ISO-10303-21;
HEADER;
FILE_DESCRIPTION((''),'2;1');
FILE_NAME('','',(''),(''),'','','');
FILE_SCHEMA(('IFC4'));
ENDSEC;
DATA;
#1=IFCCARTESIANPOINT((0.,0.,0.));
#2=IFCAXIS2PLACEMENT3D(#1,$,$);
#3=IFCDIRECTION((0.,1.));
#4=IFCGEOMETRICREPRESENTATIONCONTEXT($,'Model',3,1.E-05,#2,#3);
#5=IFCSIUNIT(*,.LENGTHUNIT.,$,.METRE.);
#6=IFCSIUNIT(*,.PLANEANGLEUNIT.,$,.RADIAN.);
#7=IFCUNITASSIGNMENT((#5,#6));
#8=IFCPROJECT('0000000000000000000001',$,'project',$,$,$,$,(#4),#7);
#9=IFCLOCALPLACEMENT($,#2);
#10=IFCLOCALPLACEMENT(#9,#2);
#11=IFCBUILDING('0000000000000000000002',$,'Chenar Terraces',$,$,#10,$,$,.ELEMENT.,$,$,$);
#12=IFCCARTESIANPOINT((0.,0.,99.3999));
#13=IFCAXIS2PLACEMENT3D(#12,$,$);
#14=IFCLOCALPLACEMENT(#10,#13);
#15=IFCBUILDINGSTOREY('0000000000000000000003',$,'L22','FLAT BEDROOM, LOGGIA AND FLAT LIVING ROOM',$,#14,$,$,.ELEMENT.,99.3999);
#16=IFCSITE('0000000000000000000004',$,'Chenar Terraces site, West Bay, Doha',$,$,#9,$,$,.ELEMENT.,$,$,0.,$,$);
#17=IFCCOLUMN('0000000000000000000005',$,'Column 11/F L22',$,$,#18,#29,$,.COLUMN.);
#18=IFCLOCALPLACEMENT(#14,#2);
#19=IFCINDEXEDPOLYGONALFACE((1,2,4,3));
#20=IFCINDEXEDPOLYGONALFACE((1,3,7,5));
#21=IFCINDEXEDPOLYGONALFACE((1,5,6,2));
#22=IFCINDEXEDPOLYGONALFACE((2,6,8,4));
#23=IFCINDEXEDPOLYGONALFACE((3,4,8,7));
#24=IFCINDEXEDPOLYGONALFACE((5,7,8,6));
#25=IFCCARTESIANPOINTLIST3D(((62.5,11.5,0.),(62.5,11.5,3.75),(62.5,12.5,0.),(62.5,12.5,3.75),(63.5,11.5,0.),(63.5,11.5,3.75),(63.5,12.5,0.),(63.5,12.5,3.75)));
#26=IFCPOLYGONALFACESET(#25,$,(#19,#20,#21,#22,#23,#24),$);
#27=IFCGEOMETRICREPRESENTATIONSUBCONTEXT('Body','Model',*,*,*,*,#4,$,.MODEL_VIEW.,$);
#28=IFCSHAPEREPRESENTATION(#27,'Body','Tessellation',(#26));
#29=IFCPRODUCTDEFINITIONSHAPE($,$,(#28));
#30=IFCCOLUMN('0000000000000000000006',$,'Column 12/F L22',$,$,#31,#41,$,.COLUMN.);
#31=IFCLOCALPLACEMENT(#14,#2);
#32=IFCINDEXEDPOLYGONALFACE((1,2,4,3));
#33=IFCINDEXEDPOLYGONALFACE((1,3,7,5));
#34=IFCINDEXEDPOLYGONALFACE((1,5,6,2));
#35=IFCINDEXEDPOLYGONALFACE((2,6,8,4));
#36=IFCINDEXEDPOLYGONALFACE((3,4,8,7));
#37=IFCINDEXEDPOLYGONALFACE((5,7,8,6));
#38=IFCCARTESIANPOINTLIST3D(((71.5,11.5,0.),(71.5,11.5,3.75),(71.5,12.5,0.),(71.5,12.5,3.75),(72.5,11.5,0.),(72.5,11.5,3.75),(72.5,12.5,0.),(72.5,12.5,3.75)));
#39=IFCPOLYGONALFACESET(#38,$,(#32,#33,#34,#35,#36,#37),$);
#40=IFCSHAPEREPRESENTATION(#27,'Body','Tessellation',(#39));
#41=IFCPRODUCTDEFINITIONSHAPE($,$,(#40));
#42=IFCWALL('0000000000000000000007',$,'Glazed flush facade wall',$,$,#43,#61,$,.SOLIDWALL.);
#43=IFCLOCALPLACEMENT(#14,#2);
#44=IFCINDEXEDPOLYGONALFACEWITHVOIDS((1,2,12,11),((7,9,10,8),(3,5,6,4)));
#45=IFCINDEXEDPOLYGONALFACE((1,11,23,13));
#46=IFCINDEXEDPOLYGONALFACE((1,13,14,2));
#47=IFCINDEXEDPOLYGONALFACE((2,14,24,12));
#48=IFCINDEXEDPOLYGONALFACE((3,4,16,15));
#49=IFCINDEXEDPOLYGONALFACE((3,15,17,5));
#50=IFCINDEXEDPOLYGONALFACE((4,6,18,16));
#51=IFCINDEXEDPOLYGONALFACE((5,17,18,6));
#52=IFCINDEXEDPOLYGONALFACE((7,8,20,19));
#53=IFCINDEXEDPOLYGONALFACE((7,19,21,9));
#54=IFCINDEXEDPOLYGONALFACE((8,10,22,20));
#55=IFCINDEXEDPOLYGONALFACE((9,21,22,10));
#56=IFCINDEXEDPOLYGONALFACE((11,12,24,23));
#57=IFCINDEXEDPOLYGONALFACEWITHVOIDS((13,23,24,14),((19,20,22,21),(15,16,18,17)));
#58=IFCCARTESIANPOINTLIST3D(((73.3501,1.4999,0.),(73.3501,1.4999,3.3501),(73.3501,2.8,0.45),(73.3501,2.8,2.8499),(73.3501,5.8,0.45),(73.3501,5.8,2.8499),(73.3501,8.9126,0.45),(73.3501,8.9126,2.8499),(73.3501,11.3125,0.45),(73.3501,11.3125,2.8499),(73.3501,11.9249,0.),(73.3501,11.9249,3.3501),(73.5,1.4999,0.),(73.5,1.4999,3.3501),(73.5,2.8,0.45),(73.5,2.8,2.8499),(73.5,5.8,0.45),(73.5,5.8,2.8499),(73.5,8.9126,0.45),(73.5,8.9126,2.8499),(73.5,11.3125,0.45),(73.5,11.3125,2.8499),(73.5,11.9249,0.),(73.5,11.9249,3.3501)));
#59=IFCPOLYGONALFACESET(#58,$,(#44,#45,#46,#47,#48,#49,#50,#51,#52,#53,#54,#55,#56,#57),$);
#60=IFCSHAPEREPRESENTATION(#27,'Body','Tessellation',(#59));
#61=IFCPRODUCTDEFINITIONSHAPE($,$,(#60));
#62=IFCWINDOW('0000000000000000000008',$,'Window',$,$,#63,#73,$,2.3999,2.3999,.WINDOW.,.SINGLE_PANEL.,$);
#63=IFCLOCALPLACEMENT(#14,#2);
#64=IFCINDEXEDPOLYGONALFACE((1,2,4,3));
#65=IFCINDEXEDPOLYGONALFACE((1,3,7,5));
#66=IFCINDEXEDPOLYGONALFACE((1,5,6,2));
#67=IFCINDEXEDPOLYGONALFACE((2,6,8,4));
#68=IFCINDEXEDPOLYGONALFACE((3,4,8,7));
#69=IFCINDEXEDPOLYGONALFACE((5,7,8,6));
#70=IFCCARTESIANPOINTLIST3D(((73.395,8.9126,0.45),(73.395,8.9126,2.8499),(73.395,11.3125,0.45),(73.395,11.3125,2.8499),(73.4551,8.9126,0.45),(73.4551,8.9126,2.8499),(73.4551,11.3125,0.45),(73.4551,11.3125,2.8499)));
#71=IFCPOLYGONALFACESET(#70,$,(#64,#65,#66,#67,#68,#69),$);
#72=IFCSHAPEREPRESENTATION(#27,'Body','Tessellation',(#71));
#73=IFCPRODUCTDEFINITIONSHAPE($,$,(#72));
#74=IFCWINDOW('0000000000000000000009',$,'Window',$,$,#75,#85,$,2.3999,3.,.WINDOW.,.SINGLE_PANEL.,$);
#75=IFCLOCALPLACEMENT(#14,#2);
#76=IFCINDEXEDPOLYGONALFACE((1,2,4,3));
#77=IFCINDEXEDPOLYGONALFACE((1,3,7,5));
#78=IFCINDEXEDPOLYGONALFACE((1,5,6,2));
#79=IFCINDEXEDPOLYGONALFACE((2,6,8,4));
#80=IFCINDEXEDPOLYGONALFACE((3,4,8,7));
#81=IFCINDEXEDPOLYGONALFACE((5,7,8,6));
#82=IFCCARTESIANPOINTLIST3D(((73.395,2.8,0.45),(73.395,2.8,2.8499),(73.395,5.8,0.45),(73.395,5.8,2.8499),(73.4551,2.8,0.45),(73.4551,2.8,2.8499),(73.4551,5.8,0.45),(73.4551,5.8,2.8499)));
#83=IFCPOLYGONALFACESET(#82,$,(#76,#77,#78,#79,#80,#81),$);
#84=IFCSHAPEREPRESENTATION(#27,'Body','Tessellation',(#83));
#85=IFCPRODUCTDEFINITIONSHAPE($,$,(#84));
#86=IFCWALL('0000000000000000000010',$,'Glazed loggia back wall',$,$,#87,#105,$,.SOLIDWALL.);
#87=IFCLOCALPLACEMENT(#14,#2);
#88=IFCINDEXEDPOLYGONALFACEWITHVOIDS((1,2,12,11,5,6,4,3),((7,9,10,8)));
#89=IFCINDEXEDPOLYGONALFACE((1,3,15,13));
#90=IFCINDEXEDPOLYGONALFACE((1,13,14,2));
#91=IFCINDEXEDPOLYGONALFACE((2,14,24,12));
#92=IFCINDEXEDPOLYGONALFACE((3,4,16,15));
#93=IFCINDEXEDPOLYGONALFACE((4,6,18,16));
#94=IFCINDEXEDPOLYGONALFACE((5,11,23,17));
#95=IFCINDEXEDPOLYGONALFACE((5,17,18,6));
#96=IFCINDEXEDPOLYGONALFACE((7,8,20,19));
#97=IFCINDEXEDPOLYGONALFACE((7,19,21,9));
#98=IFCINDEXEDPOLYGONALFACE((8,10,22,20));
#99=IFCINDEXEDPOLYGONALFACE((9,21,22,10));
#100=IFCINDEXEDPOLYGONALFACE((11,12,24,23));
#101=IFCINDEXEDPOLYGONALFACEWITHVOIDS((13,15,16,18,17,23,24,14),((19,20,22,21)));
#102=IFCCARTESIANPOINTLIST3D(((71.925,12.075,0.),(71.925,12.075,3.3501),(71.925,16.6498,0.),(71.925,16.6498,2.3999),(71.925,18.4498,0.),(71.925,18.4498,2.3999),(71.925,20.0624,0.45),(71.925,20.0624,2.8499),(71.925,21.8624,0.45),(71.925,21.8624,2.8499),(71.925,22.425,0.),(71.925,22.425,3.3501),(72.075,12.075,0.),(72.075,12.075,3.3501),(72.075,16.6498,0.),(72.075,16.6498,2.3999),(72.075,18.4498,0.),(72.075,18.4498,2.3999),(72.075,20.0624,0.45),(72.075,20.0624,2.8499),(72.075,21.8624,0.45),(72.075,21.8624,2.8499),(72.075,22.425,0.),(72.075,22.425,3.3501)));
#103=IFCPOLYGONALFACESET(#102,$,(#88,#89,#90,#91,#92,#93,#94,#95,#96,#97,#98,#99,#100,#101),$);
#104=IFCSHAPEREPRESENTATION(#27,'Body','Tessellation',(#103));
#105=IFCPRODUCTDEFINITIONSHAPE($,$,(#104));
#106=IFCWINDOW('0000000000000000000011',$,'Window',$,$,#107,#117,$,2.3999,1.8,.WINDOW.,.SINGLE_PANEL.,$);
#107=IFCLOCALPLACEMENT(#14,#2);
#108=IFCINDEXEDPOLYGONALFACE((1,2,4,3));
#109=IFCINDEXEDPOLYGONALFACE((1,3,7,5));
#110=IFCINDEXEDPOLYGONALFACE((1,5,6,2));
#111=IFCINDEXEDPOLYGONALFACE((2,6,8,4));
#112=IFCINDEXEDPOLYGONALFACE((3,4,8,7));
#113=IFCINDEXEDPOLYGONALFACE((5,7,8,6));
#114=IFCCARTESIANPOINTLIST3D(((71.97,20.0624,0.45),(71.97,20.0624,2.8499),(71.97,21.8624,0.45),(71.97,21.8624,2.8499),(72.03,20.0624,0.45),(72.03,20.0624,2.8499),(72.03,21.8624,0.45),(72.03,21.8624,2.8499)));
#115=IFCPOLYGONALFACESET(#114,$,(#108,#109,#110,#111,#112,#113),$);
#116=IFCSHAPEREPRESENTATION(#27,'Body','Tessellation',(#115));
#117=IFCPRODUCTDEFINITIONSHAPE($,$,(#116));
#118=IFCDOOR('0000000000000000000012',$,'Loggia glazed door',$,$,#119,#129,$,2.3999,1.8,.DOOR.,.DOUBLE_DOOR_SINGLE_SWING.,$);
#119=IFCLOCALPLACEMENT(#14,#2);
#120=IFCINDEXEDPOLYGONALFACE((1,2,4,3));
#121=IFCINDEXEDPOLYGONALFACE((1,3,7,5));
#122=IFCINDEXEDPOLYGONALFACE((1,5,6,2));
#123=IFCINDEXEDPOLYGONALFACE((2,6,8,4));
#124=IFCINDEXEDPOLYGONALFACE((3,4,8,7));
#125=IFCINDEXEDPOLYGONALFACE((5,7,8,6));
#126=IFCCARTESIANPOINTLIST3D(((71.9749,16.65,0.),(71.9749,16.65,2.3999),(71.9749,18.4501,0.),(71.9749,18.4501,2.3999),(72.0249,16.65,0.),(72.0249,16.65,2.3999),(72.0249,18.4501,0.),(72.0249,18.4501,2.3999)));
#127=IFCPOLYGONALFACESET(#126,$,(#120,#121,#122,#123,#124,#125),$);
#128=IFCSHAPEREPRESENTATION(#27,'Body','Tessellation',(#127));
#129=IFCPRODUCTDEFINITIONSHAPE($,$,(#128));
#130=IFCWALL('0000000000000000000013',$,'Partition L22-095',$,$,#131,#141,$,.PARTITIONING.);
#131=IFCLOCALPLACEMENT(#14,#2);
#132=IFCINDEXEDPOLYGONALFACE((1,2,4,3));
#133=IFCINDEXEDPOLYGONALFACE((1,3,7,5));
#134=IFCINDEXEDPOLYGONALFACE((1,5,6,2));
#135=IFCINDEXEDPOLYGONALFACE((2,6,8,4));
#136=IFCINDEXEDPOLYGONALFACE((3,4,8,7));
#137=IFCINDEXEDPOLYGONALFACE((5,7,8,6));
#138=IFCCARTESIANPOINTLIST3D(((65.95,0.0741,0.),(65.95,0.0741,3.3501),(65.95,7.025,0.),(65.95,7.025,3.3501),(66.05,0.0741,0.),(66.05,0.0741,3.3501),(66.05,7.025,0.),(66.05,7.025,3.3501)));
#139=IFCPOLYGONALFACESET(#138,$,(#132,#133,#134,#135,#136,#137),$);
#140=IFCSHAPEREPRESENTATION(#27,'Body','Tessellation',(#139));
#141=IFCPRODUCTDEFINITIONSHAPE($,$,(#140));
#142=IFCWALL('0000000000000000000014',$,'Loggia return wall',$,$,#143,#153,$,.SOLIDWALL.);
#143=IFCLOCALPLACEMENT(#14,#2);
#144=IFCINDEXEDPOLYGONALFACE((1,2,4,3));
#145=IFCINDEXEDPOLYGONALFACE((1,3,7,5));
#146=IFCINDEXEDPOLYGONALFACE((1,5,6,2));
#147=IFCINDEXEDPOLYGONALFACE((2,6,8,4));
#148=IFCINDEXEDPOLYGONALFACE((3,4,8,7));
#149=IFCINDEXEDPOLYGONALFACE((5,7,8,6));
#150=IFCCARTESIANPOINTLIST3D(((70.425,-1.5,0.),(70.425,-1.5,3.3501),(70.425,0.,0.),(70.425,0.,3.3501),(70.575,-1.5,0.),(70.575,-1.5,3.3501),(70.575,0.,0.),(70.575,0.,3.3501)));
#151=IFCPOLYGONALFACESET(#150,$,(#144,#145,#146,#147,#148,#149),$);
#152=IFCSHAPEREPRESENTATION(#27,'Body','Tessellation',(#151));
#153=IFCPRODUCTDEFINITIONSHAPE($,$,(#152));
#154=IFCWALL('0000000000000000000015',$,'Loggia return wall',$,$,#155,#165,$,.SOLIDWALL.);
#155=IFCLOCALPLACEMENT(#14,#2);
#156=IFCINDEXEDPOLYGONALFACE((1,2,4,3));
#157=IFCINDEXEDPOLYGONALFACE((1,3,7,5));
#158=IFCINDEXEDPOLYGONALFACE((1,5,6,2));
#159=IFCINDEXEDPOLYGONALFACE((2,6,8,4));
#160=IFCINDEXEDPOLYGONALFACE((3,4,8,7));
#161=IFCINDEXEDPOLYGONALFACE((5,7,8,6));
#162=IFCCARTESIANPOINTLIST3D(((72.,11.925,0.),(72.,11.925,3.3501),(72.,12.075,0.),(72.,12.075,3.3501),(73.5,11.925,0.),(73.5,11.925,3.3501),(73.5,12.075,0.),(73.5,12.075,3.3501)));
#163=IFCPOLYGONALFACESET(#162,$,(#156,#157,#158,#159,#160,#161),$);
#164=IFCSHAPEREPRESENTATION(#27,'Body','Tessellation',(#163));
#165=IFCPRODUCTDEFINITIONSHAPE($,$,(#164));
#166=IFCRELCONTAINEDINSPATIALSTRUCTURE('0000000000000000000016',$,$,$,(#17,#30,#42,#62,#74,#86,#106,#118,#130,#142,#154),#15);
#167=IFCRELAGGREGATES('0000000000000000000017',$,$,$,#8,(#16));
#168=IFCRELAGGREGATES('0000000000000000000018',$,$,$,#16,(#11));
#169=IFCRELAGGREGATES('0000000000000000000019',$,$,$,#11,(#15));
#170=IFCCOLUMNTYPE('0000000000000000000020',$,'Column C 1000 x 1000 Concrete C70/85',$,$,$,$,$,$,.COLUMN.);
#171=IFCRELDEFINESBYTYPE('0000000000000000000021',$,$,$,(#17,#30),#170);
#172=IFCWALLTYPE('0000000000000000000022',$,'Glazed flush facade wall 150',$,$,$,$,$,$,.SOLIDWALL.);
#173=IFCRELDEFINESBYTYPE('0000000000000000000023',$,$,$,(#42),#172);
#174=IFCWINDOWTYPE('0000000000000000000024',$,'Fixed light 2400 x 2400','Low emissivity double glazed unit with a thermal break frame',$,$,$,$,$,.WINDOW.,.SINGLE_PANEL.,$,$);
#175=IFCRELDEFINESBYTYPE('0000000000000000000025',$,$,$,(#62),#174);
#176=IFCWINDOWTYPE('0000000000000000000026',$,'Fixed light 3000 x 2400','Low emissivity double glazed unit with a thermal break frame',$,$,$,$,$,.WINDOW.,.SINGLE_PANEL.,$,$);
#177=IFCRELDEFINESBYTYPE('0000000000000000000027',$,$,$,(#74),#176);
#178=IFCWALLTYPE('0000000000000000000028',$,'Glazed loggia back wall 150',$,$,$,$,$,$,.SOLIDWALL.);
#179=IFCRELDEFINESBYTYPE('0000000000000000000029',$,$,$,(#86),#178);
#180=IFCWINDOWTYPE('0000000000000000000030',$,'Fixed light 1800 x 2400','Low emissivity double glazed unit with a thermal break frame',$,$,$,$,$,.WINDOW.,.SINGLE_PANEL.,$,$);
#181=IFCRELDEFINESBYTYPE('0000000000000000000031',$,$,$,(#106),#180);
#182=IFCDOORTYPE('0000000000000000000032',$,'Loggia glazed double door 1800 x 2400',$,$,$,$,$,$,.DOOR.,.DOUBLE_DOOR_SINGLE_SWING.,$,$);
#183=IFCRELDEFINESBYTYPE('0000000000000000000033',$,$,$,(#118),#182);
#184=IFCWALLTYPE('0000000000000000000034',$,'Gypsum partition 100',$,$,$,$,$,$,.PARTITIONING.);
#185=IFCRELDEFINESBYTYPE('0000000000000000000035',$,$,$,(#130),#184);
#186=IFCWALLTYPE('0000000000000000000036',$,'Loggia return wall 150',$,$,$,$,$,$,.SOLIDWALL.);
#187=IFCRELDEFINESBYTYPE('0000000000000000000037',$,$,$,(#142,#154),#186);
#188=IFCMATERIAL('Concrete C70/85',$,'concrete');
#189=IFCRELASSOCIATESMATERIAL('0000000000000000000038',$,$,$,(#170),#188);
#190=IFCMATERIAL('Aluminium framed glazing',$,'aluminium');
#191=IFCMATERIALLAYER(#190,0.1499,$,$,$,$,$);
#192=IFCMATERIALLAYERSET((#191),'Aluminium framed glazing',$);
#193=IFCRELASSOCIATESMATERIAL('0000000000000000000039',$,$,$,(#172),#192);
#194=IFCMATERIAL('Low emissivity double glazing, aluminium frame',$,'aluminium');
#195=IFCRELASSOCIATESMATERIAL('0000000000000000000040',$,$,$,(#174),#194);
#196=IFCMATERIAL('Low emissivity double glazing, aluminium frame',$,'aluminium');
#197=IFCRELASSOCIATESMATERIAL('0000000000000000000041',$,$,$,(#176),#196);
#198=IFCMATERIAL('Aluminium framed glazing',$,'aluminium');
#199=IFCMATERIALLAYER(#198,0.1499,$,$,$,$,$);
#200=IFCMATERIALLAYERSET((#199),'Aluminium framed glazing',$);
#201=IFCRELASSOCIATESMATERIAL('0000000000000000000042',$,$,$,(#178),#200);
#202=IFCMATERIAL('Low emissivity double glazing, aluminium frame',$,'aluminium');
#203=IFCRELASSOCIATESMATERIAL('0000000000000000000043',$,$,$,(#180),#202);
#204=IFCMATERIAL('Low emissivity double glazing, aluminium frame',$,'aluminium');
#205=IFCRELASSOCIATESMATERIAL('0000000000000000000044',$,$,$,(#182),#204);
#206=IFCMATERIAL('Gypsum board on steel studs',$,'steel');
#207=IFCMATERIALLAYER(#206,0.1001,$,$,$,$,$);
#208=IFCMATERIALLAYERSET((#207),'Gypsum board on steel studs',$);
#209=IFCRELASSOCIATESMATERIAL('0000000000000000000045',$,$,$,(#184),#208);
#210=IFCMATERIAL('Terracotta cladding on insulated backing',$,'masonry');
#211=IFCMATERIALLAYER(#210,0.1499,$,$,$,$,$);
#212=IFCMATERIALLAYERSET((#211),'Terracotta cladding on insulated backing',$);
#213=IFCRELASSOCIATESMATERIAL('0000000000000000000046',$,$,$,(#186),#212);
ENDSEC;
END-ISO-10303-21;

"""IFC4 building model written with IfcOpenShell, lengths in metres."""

from ifc_helpers import new_model, si_unit, direction, frame, frame_2d, origin, origin_2d, place, context, subcontext, project, spatial, rectangle, extrude, material, layer, layer_set, material_profile, profile_set, type_object, element, fill, save


model = new_model("IFC4")

# Units and contexts
model_context = context("Model", 3, precision=1e-05, world=origin(), true_north=direction((0.0, 1.0)))
body_context = subcontext(model_context, "Body", "Model", "MODEL_VIEW")
ifc_project = project(units=[si_unit("LENGTHUNIT", "METRE"), si_unit("PLANEANGLEUNIT", "RADIAN")], contexts=[model_context])

# Site, building, storey
site_placement = place(None, origin())
site = spatial("IfcSite", under=ifc_project, at=site_placement, Name="Chenar Terraces site, West Bay, Doha", CompositionType="ELEMENT", RefElevation=0.0)
building_placement = place(site_placement, origin())
building = spatial("IfcBuilding", under=site, at=building_placement, Name="Chenar Terraces", CompositionType="ELEMENT")
storey_placement = place(building_placement, frame((0.0, 0.0, 99.3999)))
storey = spatial("IfcBuildingStorey", under=building, at=storey_placement, Name="L22", Description="FLAT BEDROOM, LOGGIA AND FLAT LIVING ROOM", CompositionType="ELEMENT", Elevation=99.3999)

# Columns
ifc_material_1 = material(Name="Concrete C70/85", Category="concrete")
ifc_material_profile_1 = material_profile(ifc_material_1, rectangle(XDim=1.0, YDim=1.0, at=origin_2d()), Name="C 1000 x 1000")
ifc_profile_set_1 = profile_set([ifc_material_profile_1], Name="Concrete C70/85")
column_type = type_object("IfcColumnType", Name="Column C 1000 x 1000 Concrete C70/85", PredefinedType="COLUMN", material=ifc_profile_set_1)
for number, where, z_axis, x_axis, name in (
    (1, (63.0, 12.0, 0.0), (0.0, 0.0, 1.0), (1.0, 0.0, 0.0), "Column 11/F L22"),
    (2, (72.0, 12.0, 0.0), (0.0, 0.0, 1.0), (1.0, 0.0, 0.0), "Column 12/F L22"),
):
    element("IfcColumn", number, at=place(storey_placement, frame(where, z_axis=z_axis, x_axis=x_axis)), inside=storey, type_object=column_type, Name=name, PredefinedType="COLUMN", context=body_context, shape_type="SweptSolid", body=[
        extrude(rectangle(XDim=1.0, YDim=1.0, at=origin_2d()), origin(), (0.0, 0.0, 1.0), 3.75),
    ])

# Wall, openings, windows
ifc_material_2 = material(Name="Aluminium framed glazing", Category="aluminium")
ifc_layer_1 = layer(ifc_material_2, 0.1499)
ifc_layer_set_1 = layer_set([ifc_layer_1], Name="Aluminium framed glazing")
wall_type_1 = type_object("IfcWallType", Name="Glazed flush facade wall 150", PredefinedType="SOLIDWALL", material=ifc_layer_set_1)
wall_1_placement = place(storey_placement, frame((73.425, 1.5, 0.0), z_axis=(0.0, 0.0, 1.0), x_axis=(0.0, 1.0, 0.0)))
wall_1 = element("IfcWall", 3, at=wall_1_placement, inside=storey, type_object=wall_type_1, Name="Glazed flush facade wall", PredefinedType="SOLIDWALL", context=body_context, shape_type="SweptSolid", body=[
    extrude(rectangle(XDim=10.425, YDim=0.1499, at=frame_2d((5.2124, 0.0))), origin(), (0.0, 0.0, 1.0), 3.3501),
])
opening_1_placement = place(wall_1_placement, frame((1.3, 0.0, 0.45)))
opening_1 = element("IfcOpeningElement", 4, at=opening_1_placement, cuts=wall_1, PredefinedType="OPENING", context=body_context, shape_type="SweptSolid", body=[
    extrude(rectangle(XDim=3.0, YDim=2.3999, at=frame_2d((1.5, 1.2))), frame((0.0, 0.085, 0.0), z_axis=(0.0, -1.0, 0.0), x_axis=(1.0, 0.0, 0.0)), (0.0, 0.0, 1.0), 0.1699),
])
opening_2_placement = place(wall_1_placement, frame((7.4126, 0.0, 0.45)))
opening_2 = element("IfcOpeningElement", 5, at=opening_2_placement, cuts=wall_1, PredefinedType="OPENING", context=body_context, shape_type="SweptSolid", body=[
    extrude(rectangle(XDim=2.3999, YDim=2.3999, at=frame_2d((1.2, 1.2))), frame((0.0, 0.085, 0.0), z_axis=(0.0, -1.0, 0.0), x_axis=(1.0, 0.0, 0.0)), (0.0, 0.0, 1.0), 0.1699),
])
ifc_material_3 = material(Name="Low emissivity double glazing, aluminium frame", Category="aluminium")
window_type_1 = type_object("IfcWindowType", Name="Fixed light 2400 x 2400", Description="Low emissivity double glazed unit with a thermal break frame", PartitioningType="SINGLE_PANEL", PredefinedType="WINDOW", material=ifc_material_3)
window_1_placement = place(opening_2_placement, origin())
window_1 = element("IfcWindow", 6, at=window_1_placement, inside=storey, type_object=window_type_1, Name="Window", OverallHeight=2.3999, OverallWidth=2.3999, PartitioningType="SINGLE_PANEL", PredefinedType="WINDOW", context=body_context, shape_type="SweptSolid", body=[
    extrude(rectangle(XDim=2.3999, YDim=2.3999, at=frame_2d((1.2, 1.2))), frame((0.0, 0.03, 0.0), z_axis=(0.0, -1.0, 0.0), x_axis=(1.0, 0.0, 0.0)), (0.0, 0.0, 1.0), 0.0601),
])
fill(opening_2, window_1)
ifc_material_4 = material(Name="Low emissivity double glazing, aluminium frame", Category="aluminium")
window_type_2 = type_object("IfcWindowType", Name="Fixed light 3000 x 2400", Description="Low emissivity double glazed unit with a thermal break frame", PartitioningType="SINGLE_PANEL", PredefinedType="WINDOW", material=ifc_material_4)
window_2_placement = place(opening_1_placement, origin())
window_2 = element("IfcWindow", 7, at=window_2_placement, inside=storey, type_object=window_type_2, Name="Window", OverallHeight=2.3999, OverallWidth=3.0, PartitioningType="SINGLE_PANEL", PredefinedType="WINDOW", context=body_context, shape_type="SweptSolid", body=[
    extrude(rectangle(XDim=3.0, YDim=2.3999, at=frame_2d((1.5, 1.2))), frame((0.0, 0.03, 0.0), z_axis=(0.0, -1.0, 0.0), x_axis=(1.0, 0.0, 0.0)), (0.0, 0.0, 1.0), 0.0601),
])
fill(opening_1, window_2)

# Wall, openings, window, door
ifc_material_5 = material(Name="Aluminium framed glazing", Category="aluminium")
ifc_layer_2 = layer(ifc_material_5, 0.1499)
ifc_layer_set_2 = layer_set([ifc_layer_2], Name="Aluminium framed glazing")
wall_type_2 = type_object("IfcWallType", Name="Glazed loggia back wall 150", PredefinedType="SOLIDWALL", material=ifc_layer_set_2)
wall_2_placement = place(storey_placement, frame((72.0, 12.075, 0.0), z_axis=(0.0, 0.0, 1.0), x_axis=(0.0, 1.0, 0.0)))
wall_2 = element("IfcWall", 8, at=wall_2_placement, inside=storey, type_object=wall_type_2, Name="Glazed loggia back wall", PredefinedType="SOLIDWALL", context=body_context, shape_type="SweptSolid", body=[
    extrude(rectangle(XDim=10.3501, YDim=0.1499, at=frame_2d((5.175, 0.0))), origin(), (0.0, 0.0, 1.0), 3.3501),
])
opening_3_placement = place(wall_2_placement, frame((4.575, 0.0, 0.0)))
opening_3 = element("IfcOpeningElement", 9, at=opening_3_placement, cuts=wall_2, PredefinedType="OPENING", context=body_context, shape_type="SweptSolid", body=[
    extrude(rectangle(XDim=1.8, YDim=2.3999, at=frame_2d((0.8999, 1.2))), frame((0.0, 0.085, 0.0), z_axis=(0.0, -1.0, 0.0), x_axis=(1.0, 0.0, 0.0)), (0.0, 0.0, 1.0), 0.1699),
])
opening_4_placement = place(wall_2_placement, frame((7.9875, 0.0, 0.45)))
opening_4 = element("IfcOpeningElement", 10, at=opening_4_placement, cuts=wall_2, PredefinedType="OPENING", context=body_context, shape_type="SweptSolid", body=[
    extrude(rectangle(XDim=1.8, YDim=2.3999, at=frame_2d((0.8999, 1.2))), frame((0.0, 0.085, 0.0), z_axis=(0.0, -1.0, 0.0), x_axis=(1.0, 0.0, 0.0)), (0.0, 0.0, 1.0), 0.1699),
])
ifc_material_6 = material(Name="Low emissivity double glazing, aluminium frame", Category="aluminium")
window_type_3 = type_object("IfcWindowType", Name="Fixed light 1800 x 2400", Description="Low emissivity double glazed unit with a thermal break frame", PartitioningType="SINGLE_PANEL", PredefinedType="WINDOW", material=ifc_material_6)
window_3_placement = place(opening_4_placement, origin())
window_3 = element("IfcWindow", 11, at=window_3_placement, inside=storey, type_object=window_type_3, Name="Window", OverallHeight=2.3999, OverallWidth=1.8, PartitioningType="SINGLE_PANEL", PredefinedType="WINDOW", context=body_context, shape_type="SweptSolid", body=[
    extrude(rectangle(XDim=1.8, YDim=2.3999, at=frame_2d((0.8999, 1.2))), frame((0.0, 0.03, 0.0), z_axis=(0.0, -1.0, 0.0), x_axis=(1.0, 0.0, 0.0)), (0.0, 0.0, 1.0), 0.0601),
])
fill(opening_4, window_3)
ifc_material_7 = material(Name="Low emissivity double glazing, aluminium frame", Category="aluminium")
door_type_1 = type_object("IfcDoorType", Name="Loggia glazed double door 1800 x 2400", OperationType="DOUBLE_DOOR_SINGLE_SWING", PredefinedType="DOOR", material=ifc_material_7)
door_1_placement = place(opening_3_placement, frame((1.8, 0.0, 0.0), z_axis=(0.0, 0.0, 1.0), x_axis=(-1.0, 0.0, 0.0)))
door_1 = element("IfcDoor", 12, at=door_1_placement, inside=storey, type_object=door_type_1, Name="Loggia glazed door", OperationType="DOUBLE_DOOR_SINGLE_SWING", OverallHeight=2.3999, OverallWidth=1.8, PredefinedType="DOOR", context=body_context, shape_type="SweptSolid", body=[
    extrude(rectangle(XDim=1.8, YDim=2.3999, at=frame_2d((0.8999, 1.2))), frame((0.0, 0.0249, 0.0), z_axis=(0.0, -1.0, 0.0), x_axis=(1.0, 0.0, 0.0)), (0.0, 0.0, 1.0), 0.05),
])
fill(opening_3, door_1)

# Walls
ifc_material_8 = material(Name="Gypsum board on steel studs", Category="steel")
ifc_layer_3 = layer(ifc_material_8, 0.1001)
ifc_layer_set_3 = layer_set([ifc_layer_3], Name="Gypsum board on steel studs")
wall_type_3 = type_object("IfcWallType", Name="Gypsum partition 100", PredefinedType="PARTITIONING", material=ifc_layer_set_3)
wall_3_placement = place(storey_placement, frame((66.0, 0.074, 0.0), z_axis=(0.0, 0.0, 1.0), x_axis=(0.0, 1.0, 0.0)))
element("IfcWall", 13, at=wall_3_placement, inside=storey, type_object=wall_type_3, Name="Partition L22-095", PredefinedType="PARTITIONING", context=body_context, shape_type="SweptSolid", body=[
    extrude(rectangle(XDim=6.9509, YDim=0.1001, at=frame_2d((3.4756, 0.0))), origin(), (0.0, 0.0, 1.0), 3.3501),
])
ifc_material_9 = material(Name="Terracotta cladding on insulated backing", Category="masonry")
ifc_layer_4 = layer(ifc_material_9, 0.1499)
ifc_layer_set_4 = layer_set([ifc_layer_4], Name="Terracotta cladding on insulated backing")
wall_type_4 = type_object("IfcWallType", Name="Loggia return wall 150", PredefinedType="SOLIDWALL", material=ifc_layer_set_4)
for number, where, z_axis, x_axis, name in (
    (14, (70.5, -1.5, 0.0), (0.0, 0.0, 1.0), (0.0, 1.0, 0.0), "Loggia return wall"),
    (15, (73.5, 12.0, 0.0), (0.0, 0.0, 1.0), (-1.0, 0.0, 0.0), "Loggia return wall"),
):
    element("IfcWall", number, at=place(storey_placement, frame(where, z_axis=z_axis, x_axis=x_axis)), inside=storey, type_object=wall_type_4, Name=name, PredefinedType="SOLIDWALL", context=body_context, shape_type="SweptSolid", body=[
        extrude(rectangle(XDim=1.5, YDim=0.1499, at=frame_2d((0.75, 0.0))), origin(), (0.0, 0.0, 1.0), 3.3501),
    ])

save(model, "model.ifc")
